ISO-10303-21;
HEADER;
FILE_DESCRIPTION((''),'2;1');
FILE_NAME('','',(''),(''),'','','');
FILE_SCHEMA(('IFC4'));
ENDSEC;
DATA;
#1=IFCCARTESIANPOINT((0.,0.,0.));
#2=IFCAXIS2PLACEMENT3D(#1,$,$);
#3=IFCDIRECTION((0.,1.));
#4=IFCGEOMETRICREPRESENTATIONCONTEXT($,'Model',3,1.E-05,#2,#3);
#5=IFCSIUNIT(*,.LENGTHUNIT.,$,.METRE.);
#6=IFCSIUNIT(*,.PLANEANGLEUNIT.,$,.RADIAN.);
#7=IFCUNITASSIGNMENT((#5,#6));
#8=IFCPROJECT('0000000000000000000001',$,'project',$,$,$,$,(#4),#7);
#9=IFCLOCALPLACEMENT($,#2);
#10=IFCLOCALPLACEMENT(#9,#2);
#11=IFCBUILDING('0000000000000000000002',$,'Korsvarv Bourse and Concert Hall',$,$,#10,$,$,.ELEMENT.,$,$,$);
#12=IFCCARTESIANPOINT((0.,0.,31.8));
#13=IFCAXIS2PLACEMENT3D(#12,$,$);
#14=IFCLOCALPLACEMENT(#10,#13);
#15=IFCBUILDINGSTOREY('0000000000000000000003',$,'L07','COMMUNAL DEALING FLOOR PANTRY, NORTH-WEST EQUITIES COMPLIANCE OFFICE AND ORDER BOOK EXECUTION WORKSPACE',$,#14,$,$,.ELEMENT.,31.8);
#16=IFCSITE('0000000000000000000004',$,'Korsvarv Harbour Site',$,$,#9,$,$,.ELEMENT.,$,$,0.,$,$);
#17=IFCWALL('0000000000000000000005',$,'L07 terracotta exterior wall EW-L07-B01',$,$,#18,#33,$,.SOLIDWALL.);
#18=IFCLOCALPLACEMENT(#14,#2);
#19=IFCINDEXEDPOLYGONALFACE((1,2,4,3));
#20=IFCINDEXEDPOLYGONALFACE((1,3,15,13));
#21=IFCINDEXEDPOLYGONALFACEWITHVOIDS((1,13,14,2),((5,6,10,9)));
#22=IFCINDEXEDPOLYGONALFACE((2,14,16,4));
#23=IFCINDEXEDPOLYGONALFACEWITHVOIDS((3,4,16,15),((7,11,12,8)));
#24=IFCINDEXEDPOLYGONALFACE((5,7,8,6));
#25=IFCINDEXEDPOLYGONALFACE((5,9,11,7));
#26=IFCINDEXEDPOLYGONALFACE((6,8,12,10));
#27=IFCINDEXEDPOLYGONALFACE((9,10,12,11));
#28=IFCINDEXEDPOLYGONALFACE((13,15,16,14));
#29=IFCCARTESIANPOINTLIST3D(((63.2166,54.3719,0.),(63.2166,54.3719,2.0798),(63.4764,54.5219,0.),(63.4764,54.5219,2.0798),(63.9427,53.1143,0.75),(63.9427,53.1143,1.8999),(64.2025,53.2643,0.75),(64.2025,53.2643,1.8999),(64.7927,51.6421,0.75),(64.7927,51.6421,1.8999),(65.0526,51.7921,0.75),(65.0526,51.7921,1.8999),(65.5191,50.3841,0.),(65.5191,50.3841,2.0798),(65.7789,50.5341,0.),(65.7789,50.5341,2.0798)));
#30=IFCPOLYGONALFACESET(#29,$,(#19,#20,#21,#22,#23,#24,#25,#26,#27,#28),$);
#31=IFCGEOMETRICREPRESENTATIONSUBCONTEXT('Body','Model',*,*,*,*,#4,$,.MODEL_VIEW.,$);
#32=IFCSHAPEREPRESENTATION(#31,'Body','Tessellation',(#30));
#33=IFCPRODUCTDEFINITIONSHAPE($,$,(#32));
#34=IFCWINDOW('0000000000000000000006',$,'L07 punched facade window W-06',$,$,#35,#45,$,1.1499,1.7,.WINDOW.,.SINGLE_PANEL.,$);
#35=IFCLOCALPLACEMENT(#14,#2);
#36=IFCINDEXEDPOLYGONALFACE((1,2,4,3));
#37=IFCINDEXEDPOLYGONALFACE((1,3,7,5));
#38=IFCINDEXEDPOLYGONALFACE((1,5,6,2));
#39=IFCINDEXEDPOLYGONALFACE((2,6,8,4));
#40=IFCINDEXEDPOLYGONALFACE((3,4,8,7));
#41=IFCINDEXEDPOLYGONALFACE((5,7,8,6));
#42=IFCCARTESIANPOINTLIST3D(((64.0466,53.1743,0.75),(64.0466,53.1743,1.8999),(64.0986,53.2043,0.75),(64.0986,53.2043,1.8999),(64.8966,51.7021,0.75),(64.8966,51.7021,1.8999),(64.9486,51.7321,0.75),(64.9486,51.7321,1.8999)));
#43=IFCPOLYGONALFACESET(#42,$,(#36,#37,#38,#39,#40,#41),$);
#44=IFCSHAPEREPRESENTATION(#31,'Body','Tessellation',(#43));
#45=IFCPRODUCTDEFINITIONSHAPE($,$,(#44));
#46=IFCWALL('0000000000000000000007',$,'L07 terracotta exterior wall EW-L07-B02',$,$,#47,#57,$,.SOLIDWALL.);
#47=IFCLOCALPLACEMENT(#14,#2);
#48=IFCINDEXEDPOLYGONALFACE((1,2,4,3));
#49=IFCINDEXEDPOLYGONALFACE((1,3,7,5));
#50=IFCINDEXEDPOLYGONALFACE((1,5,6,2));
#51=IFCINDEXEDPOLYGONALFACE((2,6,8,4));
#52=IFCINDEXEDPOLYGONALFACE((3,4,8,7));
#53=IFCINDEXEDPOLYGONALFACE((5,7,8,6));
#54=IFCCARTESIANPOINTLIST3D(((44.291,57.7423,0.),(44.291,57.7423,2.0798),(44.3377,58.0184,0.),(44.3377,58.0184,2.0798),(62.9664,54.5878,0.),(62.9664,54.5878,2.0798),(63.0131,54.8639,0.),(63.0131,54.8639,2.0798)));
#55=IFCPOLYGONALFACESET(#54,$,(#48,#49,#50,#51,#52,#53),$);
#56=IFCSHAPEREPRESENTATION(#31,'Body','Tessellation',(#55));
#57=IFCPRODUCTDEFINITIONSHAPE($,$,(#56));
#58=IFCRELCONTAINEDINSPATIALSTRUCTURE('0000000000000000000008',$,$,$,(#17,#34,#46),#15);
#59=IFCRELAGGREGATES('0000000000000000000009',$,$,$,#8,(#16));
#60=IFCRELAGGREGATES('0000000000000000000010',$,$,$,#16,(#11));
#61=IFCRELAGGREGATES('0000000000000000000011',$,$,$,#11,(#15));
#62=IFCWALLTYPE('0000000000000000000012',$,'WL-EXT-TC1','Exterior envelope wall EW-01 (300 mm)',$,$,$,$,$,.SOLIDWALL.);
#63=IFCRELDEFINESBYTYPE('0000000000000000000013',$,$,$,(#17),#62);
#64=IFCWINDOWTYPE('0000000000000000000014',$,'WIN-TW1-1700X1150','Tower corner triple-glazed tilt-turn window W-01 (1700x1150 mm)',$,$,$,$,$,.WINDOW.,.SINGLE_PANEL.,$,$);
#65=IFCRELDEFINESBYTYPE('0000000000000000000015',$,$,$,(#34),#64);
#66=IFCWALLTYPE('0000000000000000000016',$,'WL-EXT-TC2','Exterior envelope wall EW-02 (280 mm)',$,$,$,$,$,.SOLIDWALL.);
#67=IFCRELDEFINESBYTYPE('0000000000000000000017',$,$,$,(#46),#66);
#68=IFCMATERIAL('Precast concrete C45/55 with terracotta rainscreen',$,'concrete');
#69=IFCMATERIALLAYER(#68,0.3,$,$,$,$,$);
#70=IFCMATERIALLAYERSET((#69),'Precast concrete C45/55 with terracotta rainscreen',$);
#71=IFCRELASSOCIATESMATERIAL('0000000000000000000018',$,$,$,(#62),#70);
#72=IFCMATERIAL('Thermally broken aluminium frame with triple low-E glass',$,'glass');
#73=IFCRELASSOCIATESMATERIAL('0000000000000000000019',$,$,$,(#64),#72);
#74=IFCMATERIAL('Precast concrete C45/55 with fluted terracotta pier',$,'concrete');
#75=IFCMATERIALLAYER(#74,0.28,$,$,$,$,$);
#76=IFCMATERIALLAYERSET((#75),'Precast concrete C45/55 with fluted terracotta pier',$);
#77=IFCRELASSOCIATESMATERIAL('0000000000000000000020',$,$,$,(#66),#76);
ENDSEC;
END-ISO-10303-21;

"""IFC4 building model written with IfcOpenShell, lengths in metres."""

from ifc_helpers import new_model, si_unit, direction, frame, frame_2d, origin, place, context, subcontext, project, spatial, rectangle, extrude, material, layer, layer_set, type_object, element, fill, save


model = new_model("IFC4")

# Units and contexts
model_context = context("Model", 3, precision=1e-05, world=origin(), true_north=direction((0.0, 1.0)))
body_context = subcontext(model_context, "Body", "Model", "MODEL_VIEW")
ifc_project = project(units=[si_unit("LENGTHUNIT", "METRE"), si_unit("PLANEANGLEUNIT", "RADIAN")], contexts=[model_context])

# Site, building, storey
site_placement = place(None, origin())
site = spatial("IfcSite", under=ifc_project, at=site_placement, Name="Korsvarv Harbour Site", CompositionType="ELEMENT", RefElevation=0.0)
building_placement = place(site_placement, origin())
building = spatial("IfcBuilding", under=site, at=building_placement, Name="Korsvarv Bourse and Concert Hall", CompositionType="ELEMENT")
storey_placement = place(building_placement, frame((0.0, 0.0, 31.8)))
storey = spatial("IfcBuildingStorey", under=building, at=storey_placement, Name="L07", Description="COMMUNAL DEALING FLOOR PANTRY, NORTH-WEST EQUITIES COMPLIANCE OFFICE AND ORDER BOOK EXECUTION WORKSPACE", CompositionType="ELEMENT", Elevation=31.8)

# Wall, opening, window
ifc_material_1 = material(Name="Precast concrete C45/55 with terracotta rainscreen", Category="concrete")
ifc_layer_1 = layer(ifc_material_1, 0.3)
ifc_layer_set_1 = layer_set([ifc_layer_1], Name="Precast concrete C45/55 with terracotta rainscreen")
wall_type_1 = type_object("IfcWallType", Name="WL-EXT-TC1", Description="Exterior envelope wall EW-01 (300 mm)", PredefinedType="SOLIDWALL", material=ifc_layer_set_1)
wall_1_placement = place(storey_placement, frame((65.6489, 50.4592, 0.0), z_axis=(0.0, 0.0, 1.0), x_axis=(-0.500022, 0.866013, 0.0)))
wall_1 = element("IfcWall", 1, at=wall_1_placement, inside=storey, type_object=wall_type_1, Name="L07 terracotta exterior wall EW-L07-B01", PredefinedType="SOLIDWALL", context=body_context, shape_type="SweptSolid", body=[
    extrude(rectangle(XDim=4.6047, YDim=0.3, at=frame_2d((2.3022, 0.0))), origin(), (0.0, 0.0, 1.0), 2.0798),
])
opening_placement = place(wall_1_placement, frame((1.4524, 0.0, 0.75)))
opening = element("IfcOpeningElement", 2, at=opening_placement, cuts=wall_1, PredefinedType="OPENING", context=body_context, shape_type="SweptSolid", body=[
    extrude(rectangle(XDim=1.7, YDim=1.1499, at=frame_2d((0.8501, 0.575))), frame((0.0, 0.1602, 0.0), z_axis=(0.0, -1.0, 0.0), x_axis=(1.0, 0.0, 0.0)), (0.0, 0.0, 1.0), 0.3201),
])
ifc_material_2 = material(Name="Thermally broken aluminium frame with triple low-E glass", Category="glass")
window_type = type_object("IfcWindowType", Name="WIN-TW1-1700X1150", Description="Tower corner triple-glazed tilt-turn window W-01 (1700x1150 mm)", PartitioningType="SINGLE_PANEL", PredefinedType="WINDOW", material=ifc_material_2)
window_placement = place(opening_placement, origin())
window = element("IfcWindow", 3, at=window_placement, inside=storey, type_object=window_type, Name="L07 punched facade window W-06", OverallHeight=1.1499, OverallWidth=1.7, PartitioningType="SINGLE_PANEL", PredefinedType="WINDOW", context=body_context, shape_type="SweptSolid", body=[
    extrude(rectangle(XDim=1.7, YDim=1.1499, at=frame_2d((0.8501, 0.575))), frame((0.0, 0.03, 0.0), z_axis=(0.0, -1.0, 0.0), x_axis=(1.0, 0.0, 0.0)), (0.0, 0.0, 1.0), 0.0601),
])
fill(opening, window)

# Wall
ifc_material_3 = material(Name="Precast concrete C45/55 with fluted terracotta pier", Category="concrete")
ifc_layer_2 = layer(ifc_material_3, 0.28)
ifc_layer_set_2 = layer_set([ifc_layer_2], Name="Precast concrete C45/55 with fluted terracotta pier")
wall_type_2 = type_object("IfcWallType", Name="WL-EXT-TC2", Description="Exterior envelope wall EW-02 (280 mm)", PredefinedType="SOLIDWALL", material=ifc_layer_set_2)
wall_2_placement = place(storey_placement, frame((62.9897, 54.7258, 0.0), z_axis=(0.0, 0.0, 1.0), x_axis=(-0.986032, 0.166556, 0.0)))
element("IfcWall", 4, at=wall_2_placement, inside=storey, type_object=wall_type_2, Name="L07 terracotta exterior wall EW-L07-B02", PredefinedType="SOLIDWALL", context=body_context, shape_type="SweptSolid", body=[
    extrude(rectangle(XDim=18.9399, YDim=0.28, at=frame_2d((9.47, 0.0))), origin(), (0.0, 0.0, 1.0), 2.0798),
])

save(model, "model.ifc")
